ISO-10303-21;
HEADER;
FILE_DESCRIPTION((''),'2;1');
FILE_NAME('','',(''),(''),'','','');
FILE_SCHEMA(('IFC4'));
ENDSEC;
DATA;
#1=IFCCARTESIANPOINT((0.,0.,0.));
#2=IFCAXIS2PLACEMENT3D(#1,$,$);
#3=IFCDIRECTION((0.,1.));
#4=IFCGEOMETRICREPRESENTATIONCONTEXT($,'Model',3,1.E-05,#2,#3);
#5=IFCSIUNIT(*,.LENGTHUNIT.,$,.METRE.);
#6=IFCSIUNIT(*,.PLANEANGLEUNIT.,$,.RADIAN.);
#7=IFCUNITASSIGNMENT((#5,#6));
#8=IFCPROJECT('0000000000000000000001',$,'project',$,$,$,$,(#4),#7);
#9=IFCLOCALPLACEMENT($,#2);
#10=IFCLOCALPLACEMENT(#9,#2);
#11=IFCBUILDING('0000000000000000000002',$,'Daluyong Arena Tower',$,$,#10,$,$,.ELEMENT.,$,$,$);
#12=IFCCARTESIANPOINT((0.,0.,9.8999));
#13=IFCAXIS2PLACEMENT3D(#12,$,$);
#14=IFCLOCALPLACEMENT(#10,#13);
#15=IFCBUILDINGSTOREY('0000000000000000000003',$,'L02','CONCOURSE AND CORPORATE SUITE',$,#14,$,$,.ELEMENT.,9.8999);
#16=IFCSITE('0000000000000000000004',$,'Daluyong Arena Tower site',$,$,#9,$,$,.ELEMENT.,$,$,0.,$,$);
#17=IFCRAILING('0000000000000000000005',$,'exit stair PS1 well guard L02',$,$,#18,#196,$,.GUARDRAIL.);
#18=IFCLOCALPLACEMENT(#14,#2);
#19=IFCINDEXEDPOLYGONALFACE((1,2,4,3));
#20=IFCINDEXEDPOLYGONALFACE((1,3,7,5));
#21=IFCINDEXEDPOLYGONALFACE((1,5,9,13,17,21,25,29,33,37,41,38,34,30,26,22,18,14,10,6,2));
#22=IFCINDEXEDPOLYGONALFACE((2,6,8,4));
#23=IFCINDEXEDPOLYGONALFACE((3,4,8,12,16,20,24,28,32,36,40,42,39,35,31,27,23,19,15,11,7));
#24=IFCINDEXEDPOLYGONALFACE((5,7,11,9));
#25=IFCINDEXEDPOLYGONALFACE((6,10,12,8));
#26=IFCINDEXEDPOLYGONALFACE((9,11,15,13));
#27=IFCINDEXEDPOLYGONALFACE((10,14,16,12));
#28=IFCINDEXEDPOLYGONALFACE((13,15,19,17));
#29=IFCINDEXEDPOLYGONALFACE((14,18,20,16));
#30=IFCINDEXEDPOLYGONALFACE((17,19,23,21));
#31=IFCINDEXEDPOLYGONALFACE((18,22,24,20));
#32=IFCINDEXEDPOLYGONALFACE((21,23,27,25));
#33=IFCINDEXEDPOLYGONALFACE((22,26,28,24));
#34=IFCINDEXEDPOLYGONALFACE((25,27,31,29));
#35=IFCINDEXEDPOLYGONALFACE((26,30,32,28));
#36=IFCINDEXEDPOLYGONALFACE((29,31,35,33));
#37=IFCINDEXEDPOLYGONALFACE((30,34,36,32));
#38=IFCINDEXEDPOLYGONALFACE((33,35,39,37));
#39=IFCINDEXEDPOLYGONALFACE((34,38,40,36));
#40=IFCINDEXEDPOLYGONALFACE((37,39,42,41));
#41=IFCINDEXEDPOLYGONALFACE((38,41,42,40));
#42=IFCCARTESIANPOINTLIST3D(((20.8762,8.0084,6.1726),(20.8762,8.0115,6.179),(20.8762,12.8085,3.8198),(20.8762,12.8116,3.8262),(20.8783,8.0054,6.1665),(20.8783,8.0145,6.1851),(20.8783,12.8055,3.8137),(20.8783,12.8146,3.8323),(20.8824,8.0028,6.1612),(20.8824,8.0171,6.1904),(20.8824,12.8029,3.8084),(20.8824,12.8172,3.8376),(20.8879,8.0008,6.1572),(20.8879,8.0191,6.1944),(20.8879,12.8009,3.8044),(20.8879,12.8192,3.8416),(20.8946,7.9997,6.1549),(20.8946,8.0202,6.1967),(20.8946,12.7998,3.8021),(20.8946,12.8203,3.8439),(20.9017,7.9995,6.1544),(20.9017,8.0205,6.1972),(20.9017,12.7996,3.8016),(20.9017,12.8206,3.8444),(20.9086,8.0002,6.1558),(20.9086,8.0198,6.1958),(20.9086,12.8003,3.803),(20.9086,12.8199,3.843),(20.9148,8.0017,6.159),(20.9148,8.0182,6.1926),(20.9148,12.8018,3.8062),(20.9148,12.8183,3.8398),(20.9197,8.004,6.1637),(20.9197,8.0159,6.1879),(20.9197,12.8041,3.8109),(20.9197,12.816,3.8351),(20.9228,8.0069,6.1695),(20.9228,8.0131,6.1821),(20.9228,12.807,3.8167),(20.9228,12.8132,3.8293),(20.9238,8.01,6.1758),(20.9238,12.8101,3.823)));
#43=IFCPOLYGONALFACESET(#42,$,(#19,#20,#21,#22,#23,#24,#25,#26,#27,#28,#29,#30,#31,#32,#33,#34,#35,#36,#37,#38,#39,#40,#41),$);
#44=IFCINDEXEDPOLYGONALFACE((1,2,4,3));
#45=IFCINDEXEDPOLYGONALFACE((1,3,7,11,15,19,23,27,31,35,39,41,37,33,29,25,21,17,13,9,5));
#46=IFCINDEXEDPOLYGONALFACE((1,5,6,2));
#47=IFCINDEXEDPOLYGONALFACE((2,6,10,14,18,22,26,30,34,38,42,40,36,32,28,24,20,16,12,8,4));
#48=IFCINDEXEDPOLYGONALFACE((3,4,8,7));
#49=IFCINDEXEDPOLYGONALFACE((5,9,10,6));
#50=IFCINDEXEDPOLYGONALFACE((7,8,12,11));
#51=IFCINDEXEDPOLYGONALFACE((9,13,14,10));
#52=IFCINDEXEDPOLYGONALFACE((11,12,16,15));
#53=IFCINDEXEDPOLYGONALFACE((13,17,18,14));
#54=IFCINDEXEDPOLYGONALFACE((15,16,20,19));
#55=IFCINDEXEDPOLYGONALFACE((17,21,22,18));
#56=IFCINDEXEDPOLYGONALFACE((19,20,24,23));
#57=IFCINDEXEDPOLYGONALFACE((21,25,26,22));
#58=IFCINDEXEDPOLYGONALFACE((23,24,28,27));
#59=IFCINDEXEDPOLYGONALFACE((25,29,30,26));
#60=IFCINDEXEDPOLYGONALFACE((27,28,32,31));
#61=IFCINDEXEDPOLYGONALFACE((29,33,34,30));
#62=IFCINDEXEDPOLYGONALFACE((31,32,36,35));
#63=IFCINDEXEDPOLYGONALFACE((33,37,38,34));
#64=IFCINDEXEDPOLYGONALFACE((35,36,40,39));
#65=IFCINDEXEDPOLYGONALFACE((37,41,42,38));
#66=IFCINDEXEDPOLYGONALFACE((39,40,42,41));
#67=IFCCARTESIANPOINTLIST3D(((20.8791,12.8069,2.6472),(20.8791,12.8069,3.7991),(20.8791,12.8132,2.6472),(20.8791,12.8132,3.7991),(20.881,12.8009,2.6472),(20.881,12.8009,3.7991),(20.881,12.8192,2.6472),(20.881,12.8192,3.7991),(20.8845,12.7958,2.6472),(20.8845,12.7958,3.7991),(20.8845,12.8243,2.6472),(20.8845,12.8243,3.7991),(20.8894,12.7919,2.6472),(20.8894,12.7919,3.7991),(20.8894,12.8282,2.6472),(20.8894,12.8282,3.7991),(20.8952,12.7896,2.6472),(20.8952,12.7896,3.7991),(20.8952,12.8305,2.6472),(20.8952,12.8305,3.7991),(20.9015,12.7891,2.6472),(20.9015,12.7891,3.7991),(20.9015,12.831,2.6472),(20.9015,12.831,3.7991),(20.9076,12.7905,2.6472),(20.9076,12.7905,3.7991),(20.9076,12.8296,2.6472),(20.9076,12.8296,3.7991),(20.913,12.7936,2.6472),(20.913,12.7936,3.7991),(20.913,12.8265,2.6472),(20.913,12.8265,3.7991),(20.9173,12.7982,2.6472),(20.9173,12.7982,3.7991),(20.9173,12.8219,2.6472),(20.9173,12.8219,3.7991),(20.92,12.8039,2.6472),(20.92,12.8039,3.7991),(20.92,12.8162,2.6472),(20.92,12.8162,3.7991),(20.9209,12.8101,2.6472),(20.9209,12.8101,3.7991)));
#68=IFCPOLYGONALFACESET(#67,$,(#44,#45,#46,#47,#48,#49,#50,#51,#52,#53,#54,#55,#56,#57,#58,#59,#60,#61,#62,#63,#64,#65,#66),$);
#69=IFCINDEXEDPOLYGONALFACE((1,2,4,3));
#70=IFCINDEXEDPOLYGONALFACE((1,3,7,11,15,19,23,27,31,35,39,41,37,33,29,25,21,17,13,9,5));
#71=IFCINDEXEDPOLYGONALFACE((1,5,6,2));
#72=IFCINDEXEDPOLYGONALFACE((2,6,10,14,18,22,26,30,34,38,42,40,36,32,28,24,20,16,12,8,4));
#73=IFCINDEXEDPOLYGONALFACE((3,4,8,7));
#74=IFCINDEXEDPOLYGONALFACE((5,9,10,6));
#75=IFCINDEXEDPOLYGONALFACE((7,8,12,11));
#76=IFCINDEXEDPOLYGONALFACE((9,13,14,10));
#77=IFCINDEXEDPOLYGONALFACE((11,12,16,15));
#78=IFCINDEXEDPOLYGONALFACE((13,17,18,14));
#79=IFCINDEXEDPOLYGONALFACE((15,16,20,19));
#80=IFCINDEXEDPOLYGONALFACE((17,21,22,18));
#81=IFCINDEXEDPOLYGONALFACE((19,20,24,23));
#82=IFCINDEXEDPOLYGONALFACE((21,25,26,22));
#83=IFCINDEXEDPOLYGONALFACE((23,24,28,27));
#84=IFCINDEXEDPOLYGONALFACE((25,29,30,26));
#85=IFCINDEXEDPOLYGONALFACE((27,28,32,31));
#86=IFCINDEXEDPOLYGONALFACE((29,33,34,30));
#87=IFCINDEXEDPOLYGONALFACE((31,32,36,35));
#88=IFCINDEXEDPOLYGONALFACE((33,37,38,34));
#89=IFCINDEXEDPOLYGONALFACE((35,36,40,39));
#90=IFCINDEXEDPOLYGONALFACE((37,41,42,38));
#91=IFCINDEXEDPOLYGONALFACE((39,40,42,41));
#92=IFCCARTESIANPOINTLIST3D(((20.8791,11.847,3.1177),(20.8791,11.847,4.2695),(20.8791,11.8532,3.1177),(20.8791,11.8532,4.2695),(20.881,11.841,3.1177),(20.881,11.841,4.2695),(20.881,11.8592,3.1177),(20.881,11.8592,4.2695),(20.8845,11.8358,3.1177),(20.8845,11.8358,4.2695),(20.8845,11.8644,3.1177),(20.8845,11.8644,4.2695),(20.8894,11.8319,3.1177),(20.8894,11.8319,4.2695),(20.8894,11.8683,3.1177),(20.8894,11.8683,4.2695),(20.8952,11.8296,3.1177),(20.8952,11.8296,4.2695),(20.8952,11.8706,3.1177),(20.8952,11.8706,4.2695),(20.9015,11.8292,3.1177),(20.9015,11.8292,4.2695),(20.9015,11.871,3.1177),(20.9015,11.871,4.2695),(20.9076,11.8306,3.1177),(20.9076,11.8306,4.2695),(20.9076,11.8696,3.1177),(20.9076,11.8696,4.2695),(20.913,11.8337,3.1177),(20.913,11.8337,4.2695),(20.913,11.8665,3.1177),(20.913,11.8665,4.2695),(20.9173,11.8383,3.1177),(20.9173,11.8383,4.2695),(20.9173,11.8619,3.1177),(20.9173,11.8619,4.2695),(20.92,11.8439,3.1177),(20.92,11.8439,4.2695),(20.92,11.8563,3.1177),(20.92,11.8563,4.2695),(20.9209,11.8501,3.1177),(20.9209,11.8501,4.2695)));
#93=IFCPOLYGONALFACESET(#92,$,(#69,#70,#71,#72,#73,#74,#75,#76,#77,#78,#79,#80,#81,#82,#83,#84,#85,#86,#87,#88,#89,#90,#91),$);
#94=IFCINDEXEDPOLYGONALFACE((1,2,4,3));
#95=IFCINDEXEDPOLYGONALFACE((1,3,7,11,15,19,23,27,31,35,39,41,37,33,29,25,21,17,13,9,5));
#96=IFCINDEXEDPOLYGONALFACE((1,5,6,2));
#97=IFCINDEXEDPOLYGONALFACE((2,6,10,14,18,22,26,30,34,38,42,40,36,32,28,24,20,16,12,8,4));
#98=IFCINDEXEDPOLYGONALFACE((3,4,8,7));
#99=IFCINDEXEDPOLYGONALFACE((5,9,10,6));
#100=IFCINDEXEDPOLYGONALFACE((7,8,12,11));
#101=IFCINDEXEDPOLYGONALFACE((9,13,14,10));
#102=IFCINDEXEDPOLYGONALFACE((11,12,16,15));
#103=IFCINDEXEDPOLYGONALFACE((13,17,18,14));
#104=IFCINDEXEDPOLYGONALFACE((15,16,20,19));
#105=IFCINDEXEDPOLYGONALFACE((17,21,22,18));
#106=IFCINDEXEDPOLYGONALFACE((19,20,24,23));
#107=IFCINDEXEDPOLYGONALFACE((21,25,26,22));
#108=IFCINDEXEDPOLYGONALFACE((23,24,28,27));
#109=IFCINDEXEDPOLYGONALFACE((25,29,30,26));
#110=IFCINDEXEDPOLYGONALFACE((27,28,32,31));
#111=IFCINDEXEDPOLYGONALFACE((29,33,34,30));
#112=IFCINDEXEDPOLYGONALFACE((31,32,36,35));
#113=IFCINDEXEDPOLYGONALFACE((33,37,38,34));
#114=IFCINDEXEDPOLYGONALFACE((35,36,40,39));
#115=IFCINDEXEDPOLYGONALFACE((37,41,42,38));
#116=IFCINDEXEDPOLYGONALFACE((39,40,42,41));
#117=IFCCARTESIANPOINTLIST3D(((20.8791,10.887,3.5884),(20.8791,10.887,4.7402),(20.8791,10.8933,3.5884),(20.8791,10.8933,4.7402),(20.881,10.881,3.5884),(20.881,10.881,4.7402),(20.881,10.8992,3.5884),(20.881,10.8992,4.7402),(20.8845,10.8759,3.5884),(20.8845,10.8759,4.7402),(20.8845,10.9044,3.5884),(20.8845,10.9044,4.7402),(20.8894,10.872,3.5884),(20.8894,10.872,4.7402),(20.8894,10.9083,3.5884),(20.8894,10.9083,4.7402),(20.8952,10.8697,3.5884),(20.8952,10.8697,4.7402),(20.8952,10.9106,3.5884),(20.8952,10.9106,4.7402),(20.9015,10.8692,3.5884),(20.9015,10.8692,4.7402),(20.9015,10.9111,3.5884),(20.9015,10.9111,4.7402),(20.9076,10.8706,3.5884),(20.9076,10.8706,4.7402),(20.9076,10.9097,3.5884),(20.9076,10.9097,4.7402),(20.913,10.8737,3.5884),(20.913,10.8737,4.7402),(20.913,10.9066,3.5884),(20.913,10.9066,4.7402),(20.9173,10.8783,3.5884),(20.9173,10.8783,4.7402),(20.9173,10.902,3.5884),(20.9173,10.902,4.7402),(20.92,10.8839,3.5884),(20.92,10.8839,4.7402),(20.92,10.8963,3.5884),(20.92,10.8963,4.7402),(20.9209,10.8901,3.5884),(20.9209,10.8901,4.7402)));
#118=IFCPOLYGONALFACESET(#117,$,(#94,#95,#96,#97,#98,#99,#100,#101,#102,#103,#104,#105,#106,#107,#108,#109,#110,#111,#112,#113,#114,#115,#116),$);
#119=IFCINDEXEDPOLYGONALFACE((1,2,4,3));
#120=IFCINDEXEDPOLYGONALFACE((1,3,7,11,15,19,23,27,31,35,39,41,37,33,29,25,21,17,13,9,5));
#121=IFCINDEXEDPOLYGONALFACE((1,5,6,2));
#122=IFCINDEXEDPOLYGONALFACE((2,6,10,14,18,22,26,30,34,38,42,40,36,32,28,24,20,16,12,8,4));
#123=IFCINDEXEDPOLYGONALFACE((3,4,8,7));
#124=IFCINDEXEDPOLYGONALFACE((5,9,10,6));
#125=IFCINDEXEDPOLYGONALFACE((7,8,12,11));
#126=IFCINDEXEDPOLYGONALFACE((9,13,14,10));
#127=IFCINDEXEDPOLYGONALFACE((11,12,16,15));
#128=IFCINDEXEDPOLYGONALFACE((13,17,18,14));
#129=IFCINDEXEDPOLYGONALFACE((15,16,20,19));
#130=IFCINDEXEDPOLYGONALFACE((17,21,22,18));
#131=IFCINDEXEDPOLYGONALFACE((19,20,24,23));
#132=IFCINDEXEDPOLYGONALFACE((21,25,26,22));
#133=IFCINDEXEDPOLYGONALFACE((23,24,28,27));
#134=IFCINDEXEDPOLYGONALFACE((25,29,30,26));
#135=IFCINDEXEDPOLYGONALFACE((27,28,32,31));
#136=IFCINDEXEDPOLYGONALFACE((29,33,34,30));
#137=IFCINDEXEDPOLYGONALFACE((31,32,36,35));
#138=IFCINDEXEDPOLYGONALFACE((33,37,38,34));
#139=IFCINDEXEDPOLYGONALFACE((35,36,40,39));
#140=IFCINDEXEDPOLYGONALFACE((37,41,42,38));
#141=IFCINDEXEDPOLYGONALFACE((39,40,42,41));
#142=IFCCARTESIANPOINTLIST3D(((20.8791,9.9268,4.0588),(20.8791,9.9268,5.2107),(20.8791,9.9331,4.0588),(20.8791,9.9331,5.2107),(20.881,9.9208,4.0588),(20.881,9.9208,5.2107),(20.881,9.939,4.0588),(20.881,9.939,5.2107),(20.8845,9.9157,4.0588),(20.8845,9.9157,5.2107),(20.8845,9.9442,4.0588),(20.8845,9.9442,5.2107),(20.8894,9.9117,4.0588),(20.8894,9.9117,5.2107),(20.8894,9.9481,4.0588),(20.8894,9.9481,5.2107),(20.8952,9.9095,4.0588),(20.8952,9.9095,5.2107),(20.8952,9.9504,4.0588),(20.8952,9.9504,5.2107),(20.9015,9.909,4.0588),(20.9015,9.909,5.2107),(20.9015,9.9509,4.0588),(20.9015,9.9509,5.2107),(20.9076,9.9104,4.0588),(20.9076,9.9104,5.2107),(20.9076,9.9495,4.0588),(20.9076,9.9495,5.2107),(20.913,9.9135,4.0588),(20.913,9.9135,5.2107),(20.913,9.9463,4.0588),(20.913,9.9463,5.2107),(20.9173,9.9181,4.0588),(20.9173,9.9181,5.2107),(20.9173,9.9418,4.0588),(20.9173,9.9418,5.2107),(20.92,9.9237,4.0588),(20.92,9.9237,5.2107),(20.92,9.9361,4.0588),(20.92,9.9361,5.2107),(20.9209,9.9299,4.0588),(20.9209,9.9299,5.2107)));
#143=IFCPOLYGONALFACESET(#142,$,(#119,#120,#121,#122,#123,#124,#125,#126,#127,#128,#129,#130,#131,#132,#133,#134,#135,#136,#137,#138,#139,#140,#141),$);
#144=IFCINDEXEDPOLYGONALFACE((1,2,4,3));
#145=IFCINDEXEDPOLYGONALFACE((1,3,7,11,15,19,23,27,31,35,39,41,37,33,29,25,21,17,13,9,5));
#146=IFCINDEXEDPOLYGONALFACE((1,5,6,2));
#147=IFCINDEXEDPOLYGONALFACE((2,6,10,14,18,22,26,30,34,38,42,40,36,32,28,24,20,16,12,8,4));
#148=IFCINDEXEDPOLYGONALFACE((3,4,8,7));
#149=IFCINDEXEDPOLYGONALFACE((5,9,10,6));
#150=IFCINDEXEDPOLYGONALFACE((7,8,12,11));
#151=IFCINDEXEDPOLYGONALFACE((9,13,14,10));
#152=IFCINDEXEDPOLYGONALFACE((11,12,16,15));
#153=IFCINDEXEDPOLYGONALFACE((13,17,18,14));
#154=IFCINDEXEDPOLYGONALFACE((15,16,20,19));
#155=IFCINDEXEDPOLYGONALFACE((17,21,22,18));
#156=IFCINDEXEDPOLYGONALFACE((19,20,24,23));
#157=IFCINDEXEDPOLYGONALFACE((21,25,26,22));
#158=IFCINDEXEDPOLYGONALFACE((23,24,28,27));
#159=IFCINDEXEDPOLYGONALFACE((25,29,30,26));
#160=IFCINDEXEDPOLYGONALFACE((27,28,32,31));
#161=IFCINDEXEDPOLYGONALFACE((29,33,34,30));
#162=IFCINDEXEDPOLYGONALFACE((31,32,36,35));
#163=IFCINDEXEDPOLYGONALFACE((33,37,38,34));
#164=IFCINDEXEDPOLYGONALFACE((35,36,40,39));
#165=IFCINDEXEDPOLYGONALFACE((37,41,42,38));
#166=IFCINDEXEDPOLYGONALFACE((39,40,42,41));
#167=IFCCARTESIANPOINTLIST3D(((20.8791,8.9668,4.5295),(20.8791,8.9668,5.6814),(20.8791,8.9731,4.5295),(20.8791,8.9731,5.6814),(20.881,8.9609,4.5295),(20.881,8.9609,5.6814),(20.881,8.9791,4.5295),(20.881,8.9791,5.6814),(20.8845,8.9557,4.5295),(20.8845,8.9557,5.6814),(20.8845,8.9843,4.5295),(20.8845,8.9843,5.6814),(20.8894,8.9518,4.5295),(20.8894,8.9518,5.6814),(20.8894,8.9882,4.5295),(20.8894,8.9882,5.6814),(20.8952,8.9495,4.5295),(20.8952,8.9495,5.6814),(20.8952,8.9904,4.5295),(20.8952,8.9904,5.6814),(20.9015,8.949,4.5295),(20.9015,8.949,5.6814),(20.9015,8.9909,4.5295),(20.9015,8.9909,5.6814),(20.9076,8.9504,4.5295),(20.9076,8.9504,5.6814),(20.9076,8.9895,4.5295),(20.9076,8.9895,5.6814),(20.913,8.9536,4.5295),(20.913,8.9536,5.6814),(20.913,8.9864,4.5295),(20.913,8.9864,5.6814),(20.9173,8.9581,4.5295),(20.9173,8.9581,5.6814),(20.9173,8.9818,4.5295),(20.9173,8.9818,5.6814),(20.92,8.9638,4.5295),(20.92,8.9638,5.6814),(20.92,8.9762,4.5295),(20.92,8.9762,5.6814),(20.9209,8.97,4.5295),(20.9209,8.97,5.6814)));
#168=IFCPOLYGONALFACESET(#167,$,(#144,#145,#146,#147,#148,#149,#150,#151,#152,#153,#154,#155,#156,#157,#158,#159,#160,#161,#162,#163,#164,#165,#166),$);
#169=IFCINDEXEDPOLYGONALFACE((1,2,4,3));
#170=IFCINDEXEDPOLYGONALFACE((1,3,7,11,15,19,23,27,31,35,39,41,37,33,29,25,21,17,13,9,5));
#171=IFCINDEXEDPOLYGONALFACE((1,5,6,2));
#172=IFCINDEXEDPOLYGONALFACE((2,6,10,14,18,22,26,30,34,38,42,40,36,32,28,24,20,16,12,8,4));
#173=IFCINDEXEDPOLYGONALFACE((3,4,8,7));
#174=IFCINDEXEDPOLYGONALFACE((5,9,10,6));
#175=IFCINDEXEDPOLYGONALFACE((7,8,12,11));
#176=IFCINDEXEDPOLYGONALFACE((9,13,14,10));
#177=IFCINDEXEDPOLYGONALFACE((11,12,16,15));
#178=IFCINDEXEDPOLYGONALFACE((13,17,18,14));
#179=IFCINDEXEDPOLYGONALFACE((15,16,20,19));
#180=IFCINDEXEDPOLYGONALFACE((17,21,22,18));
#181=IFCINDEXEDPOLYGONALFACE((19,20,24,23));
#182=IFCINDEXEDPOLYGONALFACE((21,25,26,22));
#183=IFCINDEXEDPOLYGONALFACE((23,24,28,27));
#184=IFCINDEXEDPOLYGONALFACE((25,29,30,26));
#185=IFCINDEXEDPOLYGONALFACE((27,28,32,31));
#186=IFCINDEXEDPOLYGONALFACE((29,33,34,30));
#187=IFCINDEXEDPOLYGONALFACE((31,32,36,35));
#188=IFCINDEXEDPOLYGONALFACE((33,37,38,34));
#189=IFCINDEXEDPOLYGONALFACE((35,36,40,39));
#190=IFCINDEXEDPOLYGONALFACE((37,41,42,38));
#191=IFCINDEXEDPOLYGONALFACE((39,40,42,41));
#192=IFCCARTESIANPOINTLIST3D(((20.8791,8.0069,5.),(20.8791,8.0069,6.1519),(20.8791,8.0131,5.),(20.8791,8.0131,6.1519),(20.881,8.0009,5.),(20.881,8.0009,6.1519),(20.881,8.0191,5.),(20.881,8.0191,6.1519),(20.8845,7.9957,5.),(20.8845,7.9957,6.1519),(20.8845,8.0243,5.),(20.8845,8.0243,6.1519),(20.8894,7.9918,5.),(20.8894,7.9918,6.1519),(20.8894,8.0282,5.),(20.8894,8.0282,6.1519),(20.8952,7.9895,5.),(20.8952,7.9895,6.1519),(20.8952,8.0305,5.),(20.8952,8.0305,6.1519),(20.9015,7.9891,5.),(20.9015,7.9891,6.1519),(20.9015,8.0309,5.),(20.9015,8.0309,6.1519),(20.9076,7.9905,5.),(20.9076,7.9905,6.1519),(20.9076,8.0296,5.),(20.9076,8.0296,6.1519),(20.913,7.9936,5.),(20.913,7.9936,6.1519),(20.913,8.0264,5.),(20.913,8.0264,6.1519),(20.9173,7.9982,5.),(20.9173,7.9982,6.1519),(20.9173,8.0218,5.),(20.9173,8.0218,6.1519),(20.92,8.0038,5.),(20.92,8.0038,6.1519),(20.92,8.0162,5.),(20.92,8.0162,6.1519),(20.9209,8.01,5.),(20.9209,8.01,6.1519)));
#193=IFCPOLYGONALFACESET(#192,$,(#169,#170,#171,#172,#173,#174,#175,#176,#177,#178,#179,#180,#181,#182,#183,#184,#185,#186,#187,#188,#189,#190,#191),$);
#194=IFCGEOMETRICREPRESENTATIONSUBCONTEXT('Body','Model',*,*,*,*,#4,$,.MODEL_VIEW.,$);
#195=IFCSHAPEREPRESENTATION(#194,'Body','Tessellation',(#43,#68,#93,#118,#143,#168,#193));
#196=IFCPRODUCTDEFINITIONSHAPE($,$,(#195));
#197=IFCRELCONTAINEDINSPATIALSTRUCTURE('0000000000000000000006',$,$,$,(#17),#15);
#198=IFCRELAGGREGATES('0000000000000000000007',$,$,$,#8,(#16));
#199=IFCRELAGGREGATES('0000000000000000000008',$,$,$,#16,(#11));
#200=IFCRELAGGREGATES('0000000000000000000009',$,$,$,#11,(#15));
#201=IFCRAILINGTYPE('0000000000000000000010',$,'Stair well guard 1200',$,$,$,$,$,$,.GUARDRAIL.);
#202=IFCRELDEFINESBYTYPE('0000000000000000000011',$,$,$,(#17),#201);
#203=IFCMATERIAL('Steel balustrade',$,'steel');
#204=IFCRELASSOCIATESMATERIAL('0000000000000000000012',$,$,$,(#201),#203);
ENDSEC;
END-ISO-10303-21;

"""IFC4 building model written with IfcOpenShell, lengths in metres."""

from ifc_helpers import new_model, si_unit, direction, frame, origin, origin_2d, place, context, subcontext, project, spatial, circle, extrude, material, type_object, element, save


model = new_model("IFC4")

# Units and contexts
model_context = context("Model", 3, precision=1e-05, world=origin(), true_north=direction((0.0, 1.0)))
body_context = subcontext(model_context, "Body", "Model", "MODEL_VIEW")
ifc_project = project(units=[si_unit("LENGTHUNIT", "METRE"), si_unit("PLANEANGLEUNIT", "RADIAN")], contexts=[model_context])

# Site, building, storey
site_placement = place(None, origin())
site = spatial("IfcSite", under=ifc_project, at=site_placement, Name="Daluyong Arena Tower site", CompositionType="ELEMENT", RefElevation=0.0)
building_placement = place(site_placement, origin())
building = spatial("IfcBuilding", under=site, at=building_placement, Name="Daluyong Arena Tower", CompositionType="ELEMENT")
storey_placement = place(building_placement, frame((0.0, 0.0, 9.8999)))
storey = spatial("IfcBuildingStorey", under=building, at=storey_placement, Name="L02", Description="CONCOURSE AND CORPORATE SUITE", CompositionType="ELEMENT", Elevation=9.8999)

# Railing
ifc_material_1 = material(Name="Steel balustrade", Category="steel")
railing_type_1 = type_object("IfcRailingType", Name="Stair well guard 1200", PredefinedType="GUARDRAIL", material=ifc_material_1)
railing_1_placement = place(storey_placement, frame((20.8999, 12.8101, 2.6472)))
element("IfcRailing", 1, at=railing_1_placement, inside=storey, type_object=railing_type_1, Name="exit stair PS1 well guard L02", PredefinedType="GUARDRAIL", context=body_context, shape_type="SweptSolid", body=[
    extrude(circle(Radius=0.0239, at=origin_2d()), frame((0.0, 0.0, 1.1758), z_axis=(0.0, -0.897934, 0.44013), x_axis=(1.0, 0.0, 0.0)), (0.0, 0.0, 1.0), 5.3457),
    extrude(circle(Radius=0.021, at=origin_2d()), origin(), (0.0, 0.0, 1.0), 1.1519),
    extrude(circle(Radius=0.021, at=origin_2d()), frame((0.0, -0.96, 0.4705)), (0.0, 0.0, 1.0), 1.1519),
    extrude(circle(Radius=0.021, at=origin_2d()), frame((0.0, -1.9199, 0.9412)), (0.0, 0.0, 1.0), 1.1519),
    extrude(circle(Radius=0.021, at=origin_2d()), frame((0.0, -2.8801, 1.4116)), (0.0, 0.0, 1.0), 1.1519),
    extrude(circle(Radius=0.021, at=origin_2d()), frame((0.0, -3.8401, 1.8823)), (0.0, 0.0, 1.0), 1.1519),
    extrude(circle(Radius=0.021, at=origin_2d()), frame((0.0, -4.8, 2.3528)), (0.0, 0.0, 1.0), 1.1519),
])

save(model, "model.ifc")
